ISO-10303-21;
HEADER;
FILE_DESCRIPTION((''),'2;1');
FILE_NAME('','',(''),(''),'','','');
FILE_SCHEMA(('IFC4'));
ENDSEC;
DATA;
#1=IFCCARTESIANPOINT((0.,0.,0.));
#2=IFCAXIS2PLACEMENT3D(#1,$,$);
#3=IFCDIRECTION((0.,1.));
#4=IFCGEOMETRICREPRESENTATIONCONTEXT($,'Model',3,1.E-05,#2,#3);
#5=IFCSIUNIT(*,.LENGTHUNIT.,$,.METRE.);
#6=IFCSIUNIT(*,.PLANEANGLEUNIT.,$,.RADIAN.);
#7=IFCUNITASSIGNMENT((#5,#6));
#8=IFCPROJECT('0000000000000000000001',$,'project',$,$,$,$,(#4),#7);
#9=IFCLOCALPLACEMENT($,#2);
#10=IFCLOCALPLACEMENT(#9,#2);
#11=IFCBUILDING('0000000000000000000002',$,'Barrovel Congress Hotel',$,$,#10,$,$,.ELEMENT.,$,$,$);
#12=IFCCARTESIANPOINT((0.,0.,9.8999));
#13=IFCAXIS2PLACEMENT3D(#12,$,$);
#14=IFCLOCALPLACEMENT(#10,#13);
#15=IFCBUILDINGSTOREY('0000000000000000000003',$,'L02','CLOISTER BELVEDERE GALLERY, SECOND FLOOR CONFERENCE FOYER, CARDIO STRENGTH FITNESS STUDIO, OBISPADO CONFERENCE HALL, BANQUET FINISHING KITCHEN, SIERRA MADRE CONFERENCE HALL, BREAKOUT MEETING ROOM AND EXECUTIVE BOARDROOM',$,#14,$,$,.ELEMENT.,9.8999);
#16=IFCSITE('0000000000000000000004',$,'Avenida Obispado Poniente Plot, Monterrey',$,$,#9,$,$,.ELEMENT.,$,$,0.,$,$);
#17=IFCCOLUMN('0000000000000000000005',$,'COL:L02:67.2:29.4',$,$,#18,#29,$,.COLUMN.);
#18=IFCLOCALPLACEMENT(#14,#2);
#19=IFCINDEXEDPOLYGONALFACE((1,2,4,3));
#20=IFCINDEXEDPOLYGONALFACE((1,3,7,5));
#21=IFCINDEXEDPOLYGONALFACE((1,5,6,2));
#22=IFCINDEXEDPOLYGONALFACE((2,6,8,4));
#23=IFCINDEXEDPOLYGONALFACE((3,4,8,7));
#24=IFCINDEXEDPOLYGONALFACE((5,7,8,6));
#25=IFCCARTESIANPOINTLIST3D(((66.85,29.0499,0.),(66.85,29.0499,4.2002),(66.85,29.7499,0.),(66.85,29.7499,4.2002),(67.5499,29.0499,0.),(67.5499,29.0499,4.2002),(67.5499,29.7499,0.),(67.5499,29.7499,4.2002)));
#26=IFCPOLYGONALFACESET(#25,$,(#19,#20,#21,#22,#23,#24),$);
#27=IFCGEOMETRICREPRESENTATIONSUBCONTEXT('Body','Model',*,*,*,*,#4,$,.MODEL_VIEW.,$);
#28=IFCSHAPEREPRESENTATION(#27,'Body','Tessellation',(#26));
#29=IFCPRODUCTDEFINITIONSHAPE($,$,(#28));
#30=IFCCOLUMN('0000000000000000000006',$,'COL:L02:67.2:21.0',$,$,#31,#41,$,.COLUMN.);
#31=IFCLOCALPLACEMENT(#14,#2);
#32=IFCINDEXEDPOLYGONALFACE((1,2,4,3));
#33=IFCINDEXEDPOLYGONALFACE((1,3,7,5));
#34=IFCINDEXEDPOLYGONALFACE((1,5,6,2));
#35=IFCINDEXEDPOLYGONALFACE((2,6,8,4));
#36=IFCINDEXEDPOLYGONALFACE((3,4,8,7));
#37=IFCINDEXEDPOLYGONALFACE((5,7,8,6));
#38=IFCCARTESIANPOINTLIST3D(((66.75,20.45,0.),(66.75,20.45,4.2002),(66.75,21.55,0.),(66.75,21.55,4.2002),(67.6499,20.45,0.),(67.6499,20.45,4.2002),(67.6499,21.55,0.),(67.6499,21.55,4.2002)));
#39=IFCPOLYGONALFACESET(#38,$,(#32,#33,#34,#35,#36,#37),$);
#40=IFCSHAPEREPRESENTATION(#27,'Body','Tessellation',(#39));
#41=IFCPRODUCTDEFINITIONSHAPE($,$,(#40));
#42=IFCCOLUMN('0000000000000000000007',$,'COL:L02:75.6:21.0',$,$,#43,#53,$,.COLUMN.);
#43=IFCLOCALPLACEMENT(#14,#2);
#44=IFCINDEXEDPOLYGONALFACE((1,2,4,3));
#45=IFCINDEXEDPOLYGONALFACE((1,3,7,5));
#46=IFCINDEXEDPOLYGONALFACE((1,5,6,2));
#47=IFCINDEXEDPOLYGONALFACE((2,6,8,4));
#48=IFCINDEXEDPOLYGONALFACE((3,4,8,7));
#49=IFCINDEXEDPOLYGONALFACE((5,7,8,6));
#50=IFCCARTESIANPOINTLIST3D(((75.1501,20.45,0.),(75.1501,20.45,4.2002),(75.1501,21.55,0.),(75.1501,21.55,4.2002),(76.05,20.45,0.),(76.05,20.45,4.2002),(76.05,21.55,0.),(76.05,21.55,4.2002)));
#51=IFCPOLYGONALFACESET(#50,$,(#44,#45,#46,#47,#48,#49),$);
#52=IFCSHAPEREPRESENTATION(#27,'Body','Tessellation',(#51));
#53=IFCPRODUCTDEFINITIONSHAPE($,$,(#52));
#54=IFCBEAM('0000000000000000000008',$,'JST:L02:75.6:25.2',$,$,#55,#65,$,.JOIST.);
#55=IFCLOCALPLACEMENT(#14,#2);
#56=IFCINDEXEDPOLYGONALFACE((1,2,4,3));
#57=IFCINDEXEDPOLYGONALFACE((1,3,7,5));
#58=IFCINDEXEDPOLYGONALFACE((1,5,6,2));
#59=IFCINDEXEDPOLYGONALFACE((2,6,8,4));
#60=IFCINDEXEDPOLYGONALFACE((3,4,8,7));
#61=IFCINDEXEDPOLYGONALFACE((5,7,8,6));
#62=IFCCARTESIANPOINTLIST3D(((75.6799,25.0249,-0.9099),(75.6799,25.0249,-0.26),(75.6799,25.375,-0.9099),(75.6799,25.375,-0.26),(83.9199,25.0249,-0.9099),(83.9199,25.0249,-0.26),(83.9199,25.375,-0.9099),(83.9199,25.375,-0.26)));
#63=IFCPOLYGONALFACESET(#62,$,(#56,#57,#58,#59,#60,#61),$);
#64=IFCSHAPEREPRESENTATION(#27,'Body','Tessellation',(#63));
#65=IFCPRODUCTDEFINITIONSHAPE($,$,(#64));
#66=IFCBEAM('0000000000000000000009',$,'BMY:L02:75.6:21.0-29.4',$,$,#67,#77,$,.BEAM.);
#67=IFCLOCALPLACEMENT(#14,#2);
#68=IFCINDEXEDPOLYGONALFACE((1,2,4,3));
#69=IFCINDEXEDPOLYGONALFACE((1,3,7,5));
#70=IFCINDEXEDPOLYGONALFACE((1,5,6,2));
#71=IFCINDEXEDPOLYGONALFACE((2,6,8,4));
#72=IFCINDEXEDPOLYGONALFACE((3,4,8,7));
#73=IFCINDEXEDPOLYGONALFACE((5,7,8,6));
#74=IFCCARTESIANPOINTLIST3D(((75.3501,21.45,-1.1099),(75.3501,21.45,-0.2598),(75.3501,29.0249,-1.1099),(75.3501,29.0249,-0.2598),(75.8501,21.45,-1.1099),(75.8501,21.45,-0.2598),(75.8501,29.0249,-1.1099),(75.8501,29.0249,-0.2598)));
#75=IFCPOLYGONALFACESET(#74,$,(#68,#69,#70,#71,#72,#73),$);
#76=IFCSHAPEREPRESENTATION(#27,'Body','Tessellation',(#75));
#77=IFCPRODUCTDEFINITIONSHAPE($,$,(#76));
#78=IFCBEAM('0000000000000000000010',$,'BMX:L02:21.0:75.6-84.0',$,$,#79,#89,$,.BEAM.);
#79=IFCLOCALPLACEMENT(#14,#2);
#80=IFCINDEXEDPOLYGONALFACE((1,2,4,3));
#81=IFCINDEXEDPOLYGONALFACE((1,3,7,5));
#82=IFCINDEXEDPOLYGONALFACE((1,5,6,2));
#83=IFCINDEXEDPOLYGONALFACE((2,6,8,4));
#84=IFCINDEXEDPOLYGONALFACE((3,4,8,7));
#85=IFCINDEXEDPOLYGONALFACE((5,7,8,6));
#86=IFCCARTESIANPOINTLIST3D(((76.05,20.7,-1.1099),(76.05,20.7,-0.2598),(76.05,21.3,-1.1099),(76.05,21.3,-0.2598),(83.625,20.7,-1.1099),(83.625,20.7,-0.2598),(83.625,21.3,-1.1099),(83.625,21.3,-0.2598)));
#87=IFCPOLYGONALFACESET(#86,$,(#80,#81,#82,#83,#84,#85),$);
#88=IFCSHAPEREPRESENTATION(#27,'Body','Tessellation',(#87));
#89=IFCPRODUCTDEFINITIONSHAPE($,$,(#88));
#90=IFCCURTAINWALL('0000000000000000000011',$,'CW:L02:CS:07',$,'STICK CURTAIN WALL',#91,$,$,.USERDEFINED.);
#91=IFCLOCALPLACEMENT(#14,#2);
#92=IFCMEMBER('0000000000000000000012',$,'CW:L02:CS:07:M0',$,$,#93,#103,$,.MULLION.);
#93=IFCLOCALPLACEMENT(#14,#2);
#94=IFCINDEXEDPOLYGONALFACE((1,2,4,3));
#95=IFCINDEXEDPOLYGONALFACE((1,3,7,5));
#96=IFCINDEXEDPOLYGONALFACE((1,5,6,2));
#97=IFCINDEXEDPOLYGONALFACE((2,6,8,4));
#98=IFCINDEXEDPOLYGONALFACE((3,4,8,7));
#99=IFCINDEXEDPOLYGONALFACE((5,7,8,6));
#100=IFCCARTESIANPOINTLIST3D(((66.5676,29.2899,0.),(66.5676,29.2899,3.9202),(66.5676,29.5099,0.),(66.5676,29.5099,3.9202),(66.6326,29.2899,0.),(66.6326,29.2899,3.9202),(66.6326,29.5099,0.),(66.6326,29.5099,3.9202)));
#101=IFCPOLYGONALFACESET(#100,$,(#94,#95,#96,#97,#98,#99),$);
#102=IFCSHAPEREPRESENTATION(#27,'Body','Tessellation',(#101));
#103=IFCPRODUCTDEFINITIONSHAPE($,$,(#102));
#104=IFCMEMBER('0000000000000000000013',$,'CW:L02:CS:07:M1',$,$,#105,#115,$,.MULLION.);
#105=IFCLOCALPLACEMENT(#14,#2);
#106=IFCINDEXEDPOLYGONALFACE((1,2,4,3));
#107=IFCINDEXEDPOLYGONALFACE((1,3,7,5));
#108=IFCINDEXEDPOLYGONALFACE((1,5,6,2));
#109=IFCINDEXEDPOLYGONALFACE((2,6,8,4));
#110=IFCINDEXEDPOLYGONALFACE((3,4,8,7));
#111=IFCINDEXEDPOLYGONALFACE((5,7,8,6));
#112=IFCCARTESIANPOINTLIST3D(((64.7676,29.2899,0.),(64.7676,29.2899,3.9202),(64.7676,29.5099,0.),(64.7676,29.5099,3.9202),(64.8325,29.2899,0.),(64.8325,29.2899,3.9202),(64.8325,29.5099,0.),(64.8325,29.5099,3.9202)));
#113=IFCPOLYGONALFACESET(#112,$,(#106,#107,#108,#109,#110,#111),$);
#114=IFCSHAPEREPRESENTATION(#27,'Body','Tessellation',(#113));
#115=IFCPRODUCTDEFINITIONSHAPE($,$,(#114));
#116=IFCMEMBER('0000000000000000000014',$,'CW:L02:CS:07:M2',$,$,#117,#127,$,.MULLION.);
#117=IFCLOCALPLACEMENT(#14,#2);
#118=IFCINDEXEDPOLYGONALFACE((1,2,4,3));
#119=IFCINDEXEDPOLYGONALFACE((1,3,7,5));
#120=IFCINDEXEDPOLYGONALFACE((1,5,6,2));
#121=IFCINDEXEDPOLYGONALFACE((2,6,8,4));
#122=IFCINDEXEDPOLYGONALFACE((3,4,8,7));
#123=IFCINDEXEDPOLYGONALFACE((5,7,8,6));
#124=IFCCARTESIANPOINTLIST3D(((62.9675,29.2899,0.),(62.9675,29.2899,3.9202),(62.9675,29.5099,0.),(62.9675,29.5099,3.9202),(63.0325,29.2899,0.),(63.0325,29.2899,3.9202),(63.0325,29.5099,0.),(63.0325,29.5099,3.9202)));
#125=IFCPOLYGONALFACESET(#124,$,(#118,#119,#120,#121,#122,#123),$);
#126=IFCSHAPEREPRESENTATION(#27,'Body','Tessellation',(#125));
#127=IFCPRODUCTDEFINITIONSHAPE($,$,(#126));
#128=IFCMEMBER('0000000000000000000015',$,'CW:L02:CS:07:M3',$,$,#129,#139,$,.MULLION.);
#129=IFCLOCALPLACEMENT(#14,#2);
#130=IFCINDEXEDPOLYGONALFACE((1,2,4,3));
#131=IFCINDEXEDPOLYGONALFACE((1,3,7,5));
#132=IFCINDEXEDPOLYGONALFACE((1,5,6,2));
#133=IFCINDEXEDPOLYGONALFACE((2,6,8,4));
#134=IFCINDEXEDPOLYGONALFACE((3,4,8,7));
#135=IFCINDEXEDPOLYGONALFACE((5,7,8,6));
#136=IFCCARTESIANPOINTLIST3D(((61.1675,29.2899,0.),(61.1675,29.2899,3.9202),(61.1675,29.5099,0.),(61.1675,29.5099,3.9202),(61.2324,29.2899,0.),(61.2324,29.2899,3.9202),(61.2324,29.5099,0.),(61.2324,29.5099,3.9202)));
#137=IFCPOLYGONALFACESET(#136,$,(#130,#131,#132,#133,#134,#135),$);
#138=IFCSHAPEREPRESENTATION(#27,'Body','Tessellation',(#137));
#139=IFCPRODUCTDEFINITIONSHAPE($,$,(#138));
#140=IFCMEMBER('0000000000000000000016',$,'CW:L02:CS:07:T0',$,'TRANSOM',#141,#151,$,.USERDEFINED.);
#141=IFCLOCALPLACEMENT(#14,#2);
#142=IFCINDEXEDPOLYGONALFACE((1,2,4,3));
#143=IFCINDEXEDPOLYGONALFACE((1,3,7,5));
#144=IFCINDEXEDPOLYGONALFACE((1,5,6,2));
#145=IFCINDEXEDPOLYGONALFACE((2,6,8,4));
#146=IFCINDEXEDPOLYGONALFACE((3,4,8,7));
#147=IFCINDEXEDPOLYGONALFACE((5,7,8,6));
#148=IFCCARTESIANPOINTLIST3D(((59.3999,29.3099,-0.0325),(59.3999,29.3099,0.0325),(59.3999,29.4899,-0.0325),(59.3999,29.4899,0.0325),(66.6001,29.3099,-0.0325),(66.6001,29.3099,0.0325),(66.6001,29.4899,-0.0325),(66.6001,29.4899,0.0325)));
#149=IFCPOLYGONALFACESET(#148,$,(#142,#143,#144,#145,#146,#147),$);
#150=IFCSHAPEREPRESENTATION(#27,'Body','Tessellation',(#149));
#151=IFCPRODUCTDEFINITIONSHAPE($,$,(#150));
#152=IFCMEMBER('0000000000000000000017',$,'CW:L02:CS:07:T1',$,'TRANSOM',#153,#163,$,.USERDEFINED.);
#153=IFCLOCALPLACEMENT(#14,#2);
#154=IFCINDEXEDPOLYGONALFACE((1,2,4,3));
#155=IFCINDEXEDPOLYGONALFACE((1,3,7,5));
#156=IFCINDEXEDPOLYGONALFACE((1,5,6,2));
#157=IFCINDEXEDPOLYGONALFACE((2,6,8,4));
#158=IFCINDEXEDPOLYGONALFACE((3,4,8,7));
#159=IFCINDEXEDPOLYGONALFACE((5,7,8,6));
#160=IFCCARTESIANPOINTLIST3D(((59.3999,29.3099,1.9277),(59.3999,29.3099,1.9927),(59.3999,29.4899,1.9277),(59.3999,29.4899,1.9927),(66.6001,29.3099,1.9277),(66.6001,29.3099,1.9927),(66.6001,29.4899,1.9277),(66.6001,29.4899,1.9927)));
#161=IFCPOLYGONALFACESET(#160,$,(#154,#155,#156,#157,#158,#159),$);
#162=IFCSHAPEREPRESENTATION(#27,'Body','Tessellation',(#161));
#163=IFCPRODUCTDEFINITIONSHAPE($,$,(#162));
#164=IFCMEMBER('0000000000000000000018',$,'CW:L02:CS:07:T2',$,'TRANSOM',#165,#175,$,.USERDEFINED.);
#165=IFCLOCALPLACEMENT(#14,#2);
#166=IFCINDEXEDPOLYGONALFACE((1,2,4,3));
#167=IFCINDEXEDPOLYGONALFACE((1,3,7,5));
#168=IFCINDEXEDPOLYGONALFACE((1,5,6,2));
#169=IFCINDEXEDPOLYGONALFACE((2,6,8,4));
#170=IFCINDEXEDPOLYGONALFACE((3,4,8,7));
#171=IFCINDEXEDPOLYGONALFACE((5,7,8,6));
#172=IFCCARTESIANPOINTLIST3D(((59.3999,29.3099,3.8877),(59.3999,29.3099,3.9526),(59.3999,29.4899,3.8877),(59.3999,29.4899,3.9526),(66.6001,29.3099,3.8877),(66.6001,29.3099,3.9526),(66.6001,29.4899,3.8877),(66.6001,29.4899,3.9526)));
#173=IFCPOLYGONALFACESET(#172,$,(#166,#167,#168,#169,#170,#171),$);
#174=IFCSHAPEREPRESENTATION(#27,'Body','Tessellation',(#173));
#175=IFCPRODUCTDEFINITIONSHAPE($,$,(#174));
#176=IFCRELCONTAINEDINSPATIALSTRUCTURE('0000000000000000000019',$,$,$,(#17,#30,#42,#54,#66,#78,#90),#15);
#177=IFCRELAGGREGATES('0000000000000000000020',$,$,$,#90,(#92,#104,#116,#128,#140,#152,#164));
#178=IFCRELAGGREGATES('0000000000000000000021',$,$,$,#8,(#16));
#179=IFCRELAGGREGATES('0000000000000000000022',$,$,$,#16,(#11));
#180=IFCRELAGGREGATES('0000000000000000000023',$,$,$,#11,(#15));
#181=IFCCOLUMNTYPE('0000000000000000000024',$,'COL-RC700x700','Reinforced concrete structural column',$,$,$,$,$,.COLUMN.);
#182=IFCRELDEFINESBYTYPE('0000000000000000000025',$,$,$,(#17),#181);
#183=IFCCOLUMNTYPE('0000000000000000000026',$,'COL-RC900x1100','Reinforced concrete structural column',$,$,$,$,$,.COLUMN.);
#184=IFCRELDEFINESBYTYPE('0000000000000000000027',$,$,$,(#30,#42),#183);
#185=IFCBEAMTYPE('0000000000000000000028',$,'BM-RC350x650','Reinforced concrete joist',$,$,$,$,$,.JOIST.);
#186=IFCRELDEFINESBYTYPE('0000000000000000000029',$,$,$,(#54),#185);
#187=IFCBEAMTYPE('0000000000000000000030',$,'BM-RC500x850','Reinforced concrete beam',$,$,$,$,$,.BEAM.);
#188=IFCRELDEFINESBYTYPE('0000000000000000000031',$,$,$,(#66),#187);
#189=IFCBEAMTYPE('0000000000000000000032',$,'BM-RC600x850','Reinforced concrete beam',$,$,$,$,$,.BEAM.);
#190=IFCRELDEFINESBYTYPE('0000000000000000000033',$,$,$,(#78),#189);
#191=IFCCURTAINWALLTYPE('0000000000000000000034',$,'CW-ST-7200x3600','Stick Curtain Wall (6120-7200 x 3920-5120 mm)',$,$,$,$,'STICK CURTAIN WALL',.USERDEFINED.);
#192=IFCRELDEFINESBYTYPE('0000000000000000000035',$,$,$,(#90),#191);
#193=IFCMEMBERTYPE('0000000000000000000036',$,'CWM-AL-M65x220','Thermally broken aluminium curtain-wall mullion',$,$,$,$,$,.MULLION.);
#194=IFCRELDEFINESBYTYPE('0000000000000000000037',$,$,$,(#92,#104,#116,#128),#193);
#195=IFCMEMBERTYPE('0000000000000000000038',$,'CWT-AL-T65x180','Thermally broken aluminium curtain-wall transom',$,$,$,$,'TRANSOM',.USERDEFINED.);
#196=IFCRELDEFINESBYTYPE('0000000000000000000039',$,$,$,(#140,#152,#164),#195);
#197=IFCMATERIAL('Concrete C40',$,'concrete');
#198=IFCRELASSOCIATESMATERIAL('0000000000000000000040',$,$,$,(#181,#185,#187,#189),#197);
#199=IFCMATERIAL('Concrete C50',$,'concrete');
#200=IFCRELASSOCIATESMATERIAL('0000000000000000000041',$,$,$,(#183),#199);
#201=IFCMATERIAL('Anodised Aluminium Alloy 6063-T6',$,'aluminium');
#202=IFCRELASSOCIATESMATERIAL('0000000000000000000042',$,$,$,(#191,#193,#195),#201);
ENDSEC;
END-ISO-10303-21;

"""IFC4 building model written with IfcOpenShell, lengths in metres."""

from ifc_helpers import new_model, si_unit, direction, frame, origin, origin_2d, place, context, subcontext, project, spatial, rectangle, extrude, material, material_profile, profile_set, type_object, element, aggregate, save


model = new_model("IFC4")

# Units and contexts
model_context = context("Model", 3, precision=1e-05, world=origin(), true_north=direction((0.0, 1.0)))
body_context = subcontext(model_context, "Body", "Model", "MODEL_VIEW")
ifc_project = project(units=[si_unit("LENGTHUNIT", "METRE"), si_unit("PLANEANGLEUNIT", "RADIAN")], contexts=[model_context])

# Site, building, storey
site_placement = place(None, origin())
site = spatial("IfcSite", under=ifc_project, at=site_placement, Name="Avenida Obispado Poniente Plot, Monterrey", CompositionType="ELEMENT", RefElevation=0.0)
building_placement = place(site_placement, origin())
building = spatial("IfcBuilding", under=site, at=building_placement, Name="Barrovel Congress Hotel", CompositionType="ELEMENT")
storey_placement = place(building_placement, frame((0.0, 0.0, 9.8999)))
storey = spatial("IfcBuildingStorey", under=building, at=storey_placement, Name="L02", Description="CLOISTER BELVEDERE GALLERY, SECOND FLOOR CONFERENCE FOYER, CARDIO STRENGTH FITNESS STUDIO, OBISPADO CONFERENCE HALL, BANQUET FINISHING KITCHEN, SIERRA MADRE CONFERENCE HALL, BREAKOUT MEETING ROOM AND EXECUTIVE BOARDROOM", CompositionType="ELEMENT", Elevation=9.8999)

# Columns
ifc_material_1 = material(Name="Concrete C40", Category="concrete")
ifc_material_profile_1 = material_profile(ifc_material_1, rectangle(XDim=0.7, YDim=0.7, at=origin_2d()), Name="RC700x700")
ifc_profile_set_1 = profile_set([ifc_material_profile_1], Name="Concrete C40")
column_type_1 = type_object("IfcColumnType", Name="COL-RC700x700", Description="Reinforced concrete structural column", PredefinedType="COLUMN", material=ifc_profile_set_1)
column_placement = place(storey_placement, frame((67.2, 29.3999, 0.0), z_axis=(0.0, 0.0, 1.0), x_axis=(1.0, 0.0, 0.0)))
element("IfcColumn", 1, at=column_placement, inside=storey, type_object=column_type_1, Name="COL:L02:67.2:29.4", PredefinedType="COLUMN", context=body_context, shape_type="SweptSolid", body=[
    extrude(rectangle(XDim=0.7, YDim=0.7, at=origin_2d()), origin(), (0.0, 0.0, 1.0), 4.2002),
])
ifc_material_2 = material(Name="Concrete C50", Category="concrete")
ifc_material_profile_2 = material_profile(ifc_material_2, rectangle(XDim=0.8999, YDim=1.1001, at=origin_2d()), Name="RC900x1100")
ifc_profile_set_2 = profile_set([ifc_material_profile_2], Name="Concrete C50")
column_type_2 = type_object("IfcColumnType", Name="COL-RC900x1100", Description="Reinforced concrete structural column", PredefinedType="COLUMN", material=ifc_profile_set_2)
for number, where, z_axis, x_axis, name in (
    (2, (67.2, 21.0, 0.0), (0.0, 0.0, 1.0), (1.0, 0.0, 0.0), "COL:L02:67.2:21.0"),
    (3, (75.6001, 21.0, 0.0), (0.0, 0.0, 1.0), (1.0, 0.0, 0.0), "COL:L02:75.6:21.0"),
):
    element("IfcColumn", number, at=place(storey_placement, frame(where, z_axis=z_axis, x_axis=x_axis)), inside=storey, type_object=column_type_2, Name=name, PredefinedType="COLUMN", context=body_context, shape_type="SweptSolid", body=[
        extrude(rectangle(XDim=0.8999, YDim=1.1001, at=origin_2d()), origin(), (0.0, 0.0, 1.0), 4.2002),
    ])

# Beams
ifc_material_profile_3 = material_profile(ifc_material_1, rectangle(XDim=0.3501, YDim=0.6499, at=origin_2d()), Name="RC350x650")
ifc_profile_set_3 = profile_set([ifc_material_profile_3], Name="Concrete C40")
beam_type_1 = type_object("IfcBeamType", Name="BM-RC350x650", Description="Reinforced concrete joist", PredefinedType="JOIST", material=ifc_profile_set_3)
beam_1_placement = place(storey_placement, frame((75.6799, 25.2, -0.585), z_axis=(1.0, 0.0, 0.0), x_axis=(0.0, 1.0, 0.0)))
element("IfcBeam", 4, at=beam_1_placement, inside=storey, type_object=beam_type_1, Name="JST:L02:75.6:25.2", PredefinedType="JOIST", context=body_context, shape_type="SweptSolid", body=[
    extrude(rectangle(XDim=0.3501, YDim=0.6499, at=origin_2d()), origin(), (0.0, 0.0, 1.0), 8.24),
])
ifc_material_profile_4 = material_profile(ifc_material_1, rectangle(XDim=0.5, YDim=0.8501, at=origin_2d()), Name="RC500x850")
ifc_profile_set_4 = profile_set([ifc_material_profile_4], Name="Concrete C40")
beam_type_2 = type_object("IfcBeamType", Name="BM-RC500x850", Description="Reinforced concrete beam", PredefinedType="BEAM", material=ifc_profile_set_4)
beam_2_placement = place(storey_placement, frame((75.6001, 21.45, -0.6848), z_axis=(0.0, 1.0, 0.0), x_axis=(-1.0, 0.0, 0.0)))
element("IfcBeam", 5, at=beam_2_placement, inside=storey, type_object=beam_type_2, Name="BMY:L02:75.6:21.0-29.4", PredefinedType="BEAM", context=body_context, shape_type="SweptSolid", body=[
    extrude(rectangle(XDim=0.5, YDim=0.8501, at=origin_2d()), origin(), (0.0, 0.0, 1.0), 7.575),
])
ifc_material_profile_5 = material_profile(ifc_material_1, rectangle(XDim=0.6001, YDim=0.8501, at=origin_2d()), Name="RC600x850")
ifc_profile_set_5 = profile_set([ifc_material_profile_5], Name="Concrete C40")
beam_type_3 = type_object("IfcBeamType", Name="BM-RC600x850", Description="Reinforced concrete beam", PredefinedType="BEAM", material=ifc_profile_set_5)
beam_3_placement = place(storey_placement, frame((76.05, 21.0, -0.6848), z_axis=(1.0, 0.0, 0.0), x_axis=(0.0, 1.0, 0.0)))
element("IfcBeam", 6, at=beam_3_placement, inside=storey, type_object=beam_type_3, Name="BMX:L02:21.0:75.6-84.0", PredefinedType="BEAM", context=body_context, shape_type="SweptSolid", body=[
    extrude(rectangle(XDim=0.6001, YDim=0.8501, at=origin_2d()), origin(), (0.0, 0.0, 1.0), 7.575),
])

# Curtain wall, members
ifc_material_3 = material(Name="Anodised Aluminium Alloy 6063-T6", Category="aluminium")
curtain_wall_type = type_object("IfcCurtainWallType", Name="CW-ST-7200x3600", Description="Stick Curtain Wall (6120-7200 x 3920-5120 mm)", ElementType="STICK CURTAIN WALL", PredefinedType="USERDEFINED", material=ifc_material_3)
curtain_wall_placement = place(storey_placement, origin())
curtain_wall = element("IfcCurtainWall", 7, at=curtain_wall_placement, inside=storey, type_object=curtain_wall_type, Name="CW:L02:CS:07", ObjectType="STICK CURTAIN WALL", PredefinedType="USERDEFINED")
ifc_material_profile_6 = material_profile(ifc_material_3, rectangle(XDim=0.0649, YDim=0.22, at=origin_2d()), Name="AL-M65x220")
ifc_profile_set_6 = profile_set([ifc_material_profile_6], Name="Anodised Aluminium Alloy 6063-T6")
member_type_1 = type_object("IfcMemberType", Name="CWM-AL-M65x220", Description="Thermally broken aluminium curtain-wall mullion", PredefinedType="MULLION", material=ifc_profile_set_6)
member_1_placement = place(storey_placement, frame((66.6001, 29.3999, 0.0), z_axis=(0.0, 0.0, 1.0), x_axis=(1.0, 0.0, 0.0)))
member_1 = element("IfcMember", 8, at=member_1_placement, type_object=member_type_1, Name="CW:L02:CS:07:M0", PredefinedType="MULLION", context=body_context, shape_type="SweptSolid", body=[
    extrude(rectangle(XDim=0.0649, YDim=0.22, at=origin_2d()), origin(), (0.0, 0.0, 1.0), 3.9202),
])
member_2_placement = place(storey_placement, frame((64.8, 29.3999, 0.0), z_axis=(0.0, 0.0, 1.0), x_axis=(1.0, 0.0, 0.0)))
member_2 = element("IfcMember", 9, at=member_2_placement, type_object=member_type_1, Name="CW:L02:CS:07:M1", PredefinedType="MULLION", context=body_context, shape_type="SweptSolid", body=[
    extrude(rectangle(XDim=0.0649, YDim=0.22, at=origin_2d()), origin(), (0.0, 0.0, 1.0), 3.9202),
])
member_3_placement = place(storey_placement, frame((63.0, 29.3999, 0.0), z_axis=(0.0, 0.0, 1.0), x_axis=(1.0, 0.0, 0.0)))
member_3 = element("IfcMember", 10, at=member_3_placement, type_object=member_type_1, Name="CW:L02:CS:07:M2", PredefinedType="MULLION", context=body_context, shape_type="SweptSolid", body=[
    extrude(rectangle(XDim=0.0649, YDim=0.22, at=origin_2d()), origin(), (0.0, 0.0, 1.0), 3.9202),
])
member_4_placement = place(storey_placement, frame((61.2, 29.3999, 0.0), z_axis=(0.0, 0.0, 1.0), x_axis=(1.0, 0.0, 0.0)))
member_4 = element("IfcMember", 11, at=member_4_placement, type_object=member_type_1, Name="CW:L02:CS:07:M3", PredefinedType="MULLION", context=body_context, shape_type="SweptSolid", body=[
    extrude(rectangle(XDim=0.0649, YDim=0.22, at=origin_2d()), origin(), (0.0, 0.0, 1.0), 3.9202),
])
ifc_material_profile_7 = material_profile(ifc_material_3, rectangle(XDim=0.1799, YDim=0.0649, at=origin_2d()), Name="AL-T65x180")
ifc_profile_set_7 = profile_set([ifc_material_profile_7], Name="Anodised Aluminium Alloy 6063-T6")
member_type_2 = type_object("IfcMemberType", Name="CWT-AL-T65x180", Description="Thermally broken aluminium curtain-wall transom", ElementType="TRANSOM", PredefinedType="USERDEFINED", material=ifc_profile_set_7)
member_5_placement = place(storey_placement, frame((66.6001, 29.3999, 0.0), z_axis=(-1.0, 0.0, 0.0), x_axis=(0.0, -1.0, 0.0)))
member_5 = element("IfcMember", 12, at=member_5_placement, type_object=member_type_2, Name="CW:L02:CS:07:T0", ObjectType="TRANSOM", PredefinedType="USERDEFINED", context=body_context, shape_type="SweptSolid", body=[
    extrude(rectangle(XDim=0.1799, YDim=0.0649, at=origin_2d()), origin(), (0.0, 0.0, 1.0), 7.2002),
])
member_6_placement = place(storey_placement, frame((66.6001, 29.3999, 1.9602), z_axis=(-1.0, 0.0, 0.0), x_axis=(0.0, -1.0, 0.0)))
member_6 = element("IfcMember", 13, at=member_6_placement, type_object=member_type_2, Name="CW:L02:CS:07:T1", ObjectType="TRANSOM", PredefinedType="USERDEFINED", context=body_context, shape_type="SweptSolid", body=[
    extrude(rectangle(XDim=0.1799, YDim=0.0649, at=origin_2d()), origin(), (0.0, 0.0, 1.0), 7.2002),
])
member_7_placement = place(storey_placement, frame((66.6001, 29.3999, 3.9202), z_axis=(-1.0, 0.0, 0.0), x_axis=(0.0, -1.0, 0.0)))
member_7 = element("IfcMember", 14, at=member_7_placement, type_object=member_type_2, Name="CW:L02:CS:07:T2", ObjectType="TRANSOM", PredefinedType="USERDEFINED", context=body_context, shape_type="SweptSolid", body=[
    extrude(rectangle(XDim=0.1799, YDim=0.0649, at=origin_2d()), origin(), (0.0, 0.0, 1.0), 7.2002),
])
aggregate(curtain_wall, [member_1, member_2, member_3, member_4, member_5, member_6, member_7])

save(model, "model.ifc")
